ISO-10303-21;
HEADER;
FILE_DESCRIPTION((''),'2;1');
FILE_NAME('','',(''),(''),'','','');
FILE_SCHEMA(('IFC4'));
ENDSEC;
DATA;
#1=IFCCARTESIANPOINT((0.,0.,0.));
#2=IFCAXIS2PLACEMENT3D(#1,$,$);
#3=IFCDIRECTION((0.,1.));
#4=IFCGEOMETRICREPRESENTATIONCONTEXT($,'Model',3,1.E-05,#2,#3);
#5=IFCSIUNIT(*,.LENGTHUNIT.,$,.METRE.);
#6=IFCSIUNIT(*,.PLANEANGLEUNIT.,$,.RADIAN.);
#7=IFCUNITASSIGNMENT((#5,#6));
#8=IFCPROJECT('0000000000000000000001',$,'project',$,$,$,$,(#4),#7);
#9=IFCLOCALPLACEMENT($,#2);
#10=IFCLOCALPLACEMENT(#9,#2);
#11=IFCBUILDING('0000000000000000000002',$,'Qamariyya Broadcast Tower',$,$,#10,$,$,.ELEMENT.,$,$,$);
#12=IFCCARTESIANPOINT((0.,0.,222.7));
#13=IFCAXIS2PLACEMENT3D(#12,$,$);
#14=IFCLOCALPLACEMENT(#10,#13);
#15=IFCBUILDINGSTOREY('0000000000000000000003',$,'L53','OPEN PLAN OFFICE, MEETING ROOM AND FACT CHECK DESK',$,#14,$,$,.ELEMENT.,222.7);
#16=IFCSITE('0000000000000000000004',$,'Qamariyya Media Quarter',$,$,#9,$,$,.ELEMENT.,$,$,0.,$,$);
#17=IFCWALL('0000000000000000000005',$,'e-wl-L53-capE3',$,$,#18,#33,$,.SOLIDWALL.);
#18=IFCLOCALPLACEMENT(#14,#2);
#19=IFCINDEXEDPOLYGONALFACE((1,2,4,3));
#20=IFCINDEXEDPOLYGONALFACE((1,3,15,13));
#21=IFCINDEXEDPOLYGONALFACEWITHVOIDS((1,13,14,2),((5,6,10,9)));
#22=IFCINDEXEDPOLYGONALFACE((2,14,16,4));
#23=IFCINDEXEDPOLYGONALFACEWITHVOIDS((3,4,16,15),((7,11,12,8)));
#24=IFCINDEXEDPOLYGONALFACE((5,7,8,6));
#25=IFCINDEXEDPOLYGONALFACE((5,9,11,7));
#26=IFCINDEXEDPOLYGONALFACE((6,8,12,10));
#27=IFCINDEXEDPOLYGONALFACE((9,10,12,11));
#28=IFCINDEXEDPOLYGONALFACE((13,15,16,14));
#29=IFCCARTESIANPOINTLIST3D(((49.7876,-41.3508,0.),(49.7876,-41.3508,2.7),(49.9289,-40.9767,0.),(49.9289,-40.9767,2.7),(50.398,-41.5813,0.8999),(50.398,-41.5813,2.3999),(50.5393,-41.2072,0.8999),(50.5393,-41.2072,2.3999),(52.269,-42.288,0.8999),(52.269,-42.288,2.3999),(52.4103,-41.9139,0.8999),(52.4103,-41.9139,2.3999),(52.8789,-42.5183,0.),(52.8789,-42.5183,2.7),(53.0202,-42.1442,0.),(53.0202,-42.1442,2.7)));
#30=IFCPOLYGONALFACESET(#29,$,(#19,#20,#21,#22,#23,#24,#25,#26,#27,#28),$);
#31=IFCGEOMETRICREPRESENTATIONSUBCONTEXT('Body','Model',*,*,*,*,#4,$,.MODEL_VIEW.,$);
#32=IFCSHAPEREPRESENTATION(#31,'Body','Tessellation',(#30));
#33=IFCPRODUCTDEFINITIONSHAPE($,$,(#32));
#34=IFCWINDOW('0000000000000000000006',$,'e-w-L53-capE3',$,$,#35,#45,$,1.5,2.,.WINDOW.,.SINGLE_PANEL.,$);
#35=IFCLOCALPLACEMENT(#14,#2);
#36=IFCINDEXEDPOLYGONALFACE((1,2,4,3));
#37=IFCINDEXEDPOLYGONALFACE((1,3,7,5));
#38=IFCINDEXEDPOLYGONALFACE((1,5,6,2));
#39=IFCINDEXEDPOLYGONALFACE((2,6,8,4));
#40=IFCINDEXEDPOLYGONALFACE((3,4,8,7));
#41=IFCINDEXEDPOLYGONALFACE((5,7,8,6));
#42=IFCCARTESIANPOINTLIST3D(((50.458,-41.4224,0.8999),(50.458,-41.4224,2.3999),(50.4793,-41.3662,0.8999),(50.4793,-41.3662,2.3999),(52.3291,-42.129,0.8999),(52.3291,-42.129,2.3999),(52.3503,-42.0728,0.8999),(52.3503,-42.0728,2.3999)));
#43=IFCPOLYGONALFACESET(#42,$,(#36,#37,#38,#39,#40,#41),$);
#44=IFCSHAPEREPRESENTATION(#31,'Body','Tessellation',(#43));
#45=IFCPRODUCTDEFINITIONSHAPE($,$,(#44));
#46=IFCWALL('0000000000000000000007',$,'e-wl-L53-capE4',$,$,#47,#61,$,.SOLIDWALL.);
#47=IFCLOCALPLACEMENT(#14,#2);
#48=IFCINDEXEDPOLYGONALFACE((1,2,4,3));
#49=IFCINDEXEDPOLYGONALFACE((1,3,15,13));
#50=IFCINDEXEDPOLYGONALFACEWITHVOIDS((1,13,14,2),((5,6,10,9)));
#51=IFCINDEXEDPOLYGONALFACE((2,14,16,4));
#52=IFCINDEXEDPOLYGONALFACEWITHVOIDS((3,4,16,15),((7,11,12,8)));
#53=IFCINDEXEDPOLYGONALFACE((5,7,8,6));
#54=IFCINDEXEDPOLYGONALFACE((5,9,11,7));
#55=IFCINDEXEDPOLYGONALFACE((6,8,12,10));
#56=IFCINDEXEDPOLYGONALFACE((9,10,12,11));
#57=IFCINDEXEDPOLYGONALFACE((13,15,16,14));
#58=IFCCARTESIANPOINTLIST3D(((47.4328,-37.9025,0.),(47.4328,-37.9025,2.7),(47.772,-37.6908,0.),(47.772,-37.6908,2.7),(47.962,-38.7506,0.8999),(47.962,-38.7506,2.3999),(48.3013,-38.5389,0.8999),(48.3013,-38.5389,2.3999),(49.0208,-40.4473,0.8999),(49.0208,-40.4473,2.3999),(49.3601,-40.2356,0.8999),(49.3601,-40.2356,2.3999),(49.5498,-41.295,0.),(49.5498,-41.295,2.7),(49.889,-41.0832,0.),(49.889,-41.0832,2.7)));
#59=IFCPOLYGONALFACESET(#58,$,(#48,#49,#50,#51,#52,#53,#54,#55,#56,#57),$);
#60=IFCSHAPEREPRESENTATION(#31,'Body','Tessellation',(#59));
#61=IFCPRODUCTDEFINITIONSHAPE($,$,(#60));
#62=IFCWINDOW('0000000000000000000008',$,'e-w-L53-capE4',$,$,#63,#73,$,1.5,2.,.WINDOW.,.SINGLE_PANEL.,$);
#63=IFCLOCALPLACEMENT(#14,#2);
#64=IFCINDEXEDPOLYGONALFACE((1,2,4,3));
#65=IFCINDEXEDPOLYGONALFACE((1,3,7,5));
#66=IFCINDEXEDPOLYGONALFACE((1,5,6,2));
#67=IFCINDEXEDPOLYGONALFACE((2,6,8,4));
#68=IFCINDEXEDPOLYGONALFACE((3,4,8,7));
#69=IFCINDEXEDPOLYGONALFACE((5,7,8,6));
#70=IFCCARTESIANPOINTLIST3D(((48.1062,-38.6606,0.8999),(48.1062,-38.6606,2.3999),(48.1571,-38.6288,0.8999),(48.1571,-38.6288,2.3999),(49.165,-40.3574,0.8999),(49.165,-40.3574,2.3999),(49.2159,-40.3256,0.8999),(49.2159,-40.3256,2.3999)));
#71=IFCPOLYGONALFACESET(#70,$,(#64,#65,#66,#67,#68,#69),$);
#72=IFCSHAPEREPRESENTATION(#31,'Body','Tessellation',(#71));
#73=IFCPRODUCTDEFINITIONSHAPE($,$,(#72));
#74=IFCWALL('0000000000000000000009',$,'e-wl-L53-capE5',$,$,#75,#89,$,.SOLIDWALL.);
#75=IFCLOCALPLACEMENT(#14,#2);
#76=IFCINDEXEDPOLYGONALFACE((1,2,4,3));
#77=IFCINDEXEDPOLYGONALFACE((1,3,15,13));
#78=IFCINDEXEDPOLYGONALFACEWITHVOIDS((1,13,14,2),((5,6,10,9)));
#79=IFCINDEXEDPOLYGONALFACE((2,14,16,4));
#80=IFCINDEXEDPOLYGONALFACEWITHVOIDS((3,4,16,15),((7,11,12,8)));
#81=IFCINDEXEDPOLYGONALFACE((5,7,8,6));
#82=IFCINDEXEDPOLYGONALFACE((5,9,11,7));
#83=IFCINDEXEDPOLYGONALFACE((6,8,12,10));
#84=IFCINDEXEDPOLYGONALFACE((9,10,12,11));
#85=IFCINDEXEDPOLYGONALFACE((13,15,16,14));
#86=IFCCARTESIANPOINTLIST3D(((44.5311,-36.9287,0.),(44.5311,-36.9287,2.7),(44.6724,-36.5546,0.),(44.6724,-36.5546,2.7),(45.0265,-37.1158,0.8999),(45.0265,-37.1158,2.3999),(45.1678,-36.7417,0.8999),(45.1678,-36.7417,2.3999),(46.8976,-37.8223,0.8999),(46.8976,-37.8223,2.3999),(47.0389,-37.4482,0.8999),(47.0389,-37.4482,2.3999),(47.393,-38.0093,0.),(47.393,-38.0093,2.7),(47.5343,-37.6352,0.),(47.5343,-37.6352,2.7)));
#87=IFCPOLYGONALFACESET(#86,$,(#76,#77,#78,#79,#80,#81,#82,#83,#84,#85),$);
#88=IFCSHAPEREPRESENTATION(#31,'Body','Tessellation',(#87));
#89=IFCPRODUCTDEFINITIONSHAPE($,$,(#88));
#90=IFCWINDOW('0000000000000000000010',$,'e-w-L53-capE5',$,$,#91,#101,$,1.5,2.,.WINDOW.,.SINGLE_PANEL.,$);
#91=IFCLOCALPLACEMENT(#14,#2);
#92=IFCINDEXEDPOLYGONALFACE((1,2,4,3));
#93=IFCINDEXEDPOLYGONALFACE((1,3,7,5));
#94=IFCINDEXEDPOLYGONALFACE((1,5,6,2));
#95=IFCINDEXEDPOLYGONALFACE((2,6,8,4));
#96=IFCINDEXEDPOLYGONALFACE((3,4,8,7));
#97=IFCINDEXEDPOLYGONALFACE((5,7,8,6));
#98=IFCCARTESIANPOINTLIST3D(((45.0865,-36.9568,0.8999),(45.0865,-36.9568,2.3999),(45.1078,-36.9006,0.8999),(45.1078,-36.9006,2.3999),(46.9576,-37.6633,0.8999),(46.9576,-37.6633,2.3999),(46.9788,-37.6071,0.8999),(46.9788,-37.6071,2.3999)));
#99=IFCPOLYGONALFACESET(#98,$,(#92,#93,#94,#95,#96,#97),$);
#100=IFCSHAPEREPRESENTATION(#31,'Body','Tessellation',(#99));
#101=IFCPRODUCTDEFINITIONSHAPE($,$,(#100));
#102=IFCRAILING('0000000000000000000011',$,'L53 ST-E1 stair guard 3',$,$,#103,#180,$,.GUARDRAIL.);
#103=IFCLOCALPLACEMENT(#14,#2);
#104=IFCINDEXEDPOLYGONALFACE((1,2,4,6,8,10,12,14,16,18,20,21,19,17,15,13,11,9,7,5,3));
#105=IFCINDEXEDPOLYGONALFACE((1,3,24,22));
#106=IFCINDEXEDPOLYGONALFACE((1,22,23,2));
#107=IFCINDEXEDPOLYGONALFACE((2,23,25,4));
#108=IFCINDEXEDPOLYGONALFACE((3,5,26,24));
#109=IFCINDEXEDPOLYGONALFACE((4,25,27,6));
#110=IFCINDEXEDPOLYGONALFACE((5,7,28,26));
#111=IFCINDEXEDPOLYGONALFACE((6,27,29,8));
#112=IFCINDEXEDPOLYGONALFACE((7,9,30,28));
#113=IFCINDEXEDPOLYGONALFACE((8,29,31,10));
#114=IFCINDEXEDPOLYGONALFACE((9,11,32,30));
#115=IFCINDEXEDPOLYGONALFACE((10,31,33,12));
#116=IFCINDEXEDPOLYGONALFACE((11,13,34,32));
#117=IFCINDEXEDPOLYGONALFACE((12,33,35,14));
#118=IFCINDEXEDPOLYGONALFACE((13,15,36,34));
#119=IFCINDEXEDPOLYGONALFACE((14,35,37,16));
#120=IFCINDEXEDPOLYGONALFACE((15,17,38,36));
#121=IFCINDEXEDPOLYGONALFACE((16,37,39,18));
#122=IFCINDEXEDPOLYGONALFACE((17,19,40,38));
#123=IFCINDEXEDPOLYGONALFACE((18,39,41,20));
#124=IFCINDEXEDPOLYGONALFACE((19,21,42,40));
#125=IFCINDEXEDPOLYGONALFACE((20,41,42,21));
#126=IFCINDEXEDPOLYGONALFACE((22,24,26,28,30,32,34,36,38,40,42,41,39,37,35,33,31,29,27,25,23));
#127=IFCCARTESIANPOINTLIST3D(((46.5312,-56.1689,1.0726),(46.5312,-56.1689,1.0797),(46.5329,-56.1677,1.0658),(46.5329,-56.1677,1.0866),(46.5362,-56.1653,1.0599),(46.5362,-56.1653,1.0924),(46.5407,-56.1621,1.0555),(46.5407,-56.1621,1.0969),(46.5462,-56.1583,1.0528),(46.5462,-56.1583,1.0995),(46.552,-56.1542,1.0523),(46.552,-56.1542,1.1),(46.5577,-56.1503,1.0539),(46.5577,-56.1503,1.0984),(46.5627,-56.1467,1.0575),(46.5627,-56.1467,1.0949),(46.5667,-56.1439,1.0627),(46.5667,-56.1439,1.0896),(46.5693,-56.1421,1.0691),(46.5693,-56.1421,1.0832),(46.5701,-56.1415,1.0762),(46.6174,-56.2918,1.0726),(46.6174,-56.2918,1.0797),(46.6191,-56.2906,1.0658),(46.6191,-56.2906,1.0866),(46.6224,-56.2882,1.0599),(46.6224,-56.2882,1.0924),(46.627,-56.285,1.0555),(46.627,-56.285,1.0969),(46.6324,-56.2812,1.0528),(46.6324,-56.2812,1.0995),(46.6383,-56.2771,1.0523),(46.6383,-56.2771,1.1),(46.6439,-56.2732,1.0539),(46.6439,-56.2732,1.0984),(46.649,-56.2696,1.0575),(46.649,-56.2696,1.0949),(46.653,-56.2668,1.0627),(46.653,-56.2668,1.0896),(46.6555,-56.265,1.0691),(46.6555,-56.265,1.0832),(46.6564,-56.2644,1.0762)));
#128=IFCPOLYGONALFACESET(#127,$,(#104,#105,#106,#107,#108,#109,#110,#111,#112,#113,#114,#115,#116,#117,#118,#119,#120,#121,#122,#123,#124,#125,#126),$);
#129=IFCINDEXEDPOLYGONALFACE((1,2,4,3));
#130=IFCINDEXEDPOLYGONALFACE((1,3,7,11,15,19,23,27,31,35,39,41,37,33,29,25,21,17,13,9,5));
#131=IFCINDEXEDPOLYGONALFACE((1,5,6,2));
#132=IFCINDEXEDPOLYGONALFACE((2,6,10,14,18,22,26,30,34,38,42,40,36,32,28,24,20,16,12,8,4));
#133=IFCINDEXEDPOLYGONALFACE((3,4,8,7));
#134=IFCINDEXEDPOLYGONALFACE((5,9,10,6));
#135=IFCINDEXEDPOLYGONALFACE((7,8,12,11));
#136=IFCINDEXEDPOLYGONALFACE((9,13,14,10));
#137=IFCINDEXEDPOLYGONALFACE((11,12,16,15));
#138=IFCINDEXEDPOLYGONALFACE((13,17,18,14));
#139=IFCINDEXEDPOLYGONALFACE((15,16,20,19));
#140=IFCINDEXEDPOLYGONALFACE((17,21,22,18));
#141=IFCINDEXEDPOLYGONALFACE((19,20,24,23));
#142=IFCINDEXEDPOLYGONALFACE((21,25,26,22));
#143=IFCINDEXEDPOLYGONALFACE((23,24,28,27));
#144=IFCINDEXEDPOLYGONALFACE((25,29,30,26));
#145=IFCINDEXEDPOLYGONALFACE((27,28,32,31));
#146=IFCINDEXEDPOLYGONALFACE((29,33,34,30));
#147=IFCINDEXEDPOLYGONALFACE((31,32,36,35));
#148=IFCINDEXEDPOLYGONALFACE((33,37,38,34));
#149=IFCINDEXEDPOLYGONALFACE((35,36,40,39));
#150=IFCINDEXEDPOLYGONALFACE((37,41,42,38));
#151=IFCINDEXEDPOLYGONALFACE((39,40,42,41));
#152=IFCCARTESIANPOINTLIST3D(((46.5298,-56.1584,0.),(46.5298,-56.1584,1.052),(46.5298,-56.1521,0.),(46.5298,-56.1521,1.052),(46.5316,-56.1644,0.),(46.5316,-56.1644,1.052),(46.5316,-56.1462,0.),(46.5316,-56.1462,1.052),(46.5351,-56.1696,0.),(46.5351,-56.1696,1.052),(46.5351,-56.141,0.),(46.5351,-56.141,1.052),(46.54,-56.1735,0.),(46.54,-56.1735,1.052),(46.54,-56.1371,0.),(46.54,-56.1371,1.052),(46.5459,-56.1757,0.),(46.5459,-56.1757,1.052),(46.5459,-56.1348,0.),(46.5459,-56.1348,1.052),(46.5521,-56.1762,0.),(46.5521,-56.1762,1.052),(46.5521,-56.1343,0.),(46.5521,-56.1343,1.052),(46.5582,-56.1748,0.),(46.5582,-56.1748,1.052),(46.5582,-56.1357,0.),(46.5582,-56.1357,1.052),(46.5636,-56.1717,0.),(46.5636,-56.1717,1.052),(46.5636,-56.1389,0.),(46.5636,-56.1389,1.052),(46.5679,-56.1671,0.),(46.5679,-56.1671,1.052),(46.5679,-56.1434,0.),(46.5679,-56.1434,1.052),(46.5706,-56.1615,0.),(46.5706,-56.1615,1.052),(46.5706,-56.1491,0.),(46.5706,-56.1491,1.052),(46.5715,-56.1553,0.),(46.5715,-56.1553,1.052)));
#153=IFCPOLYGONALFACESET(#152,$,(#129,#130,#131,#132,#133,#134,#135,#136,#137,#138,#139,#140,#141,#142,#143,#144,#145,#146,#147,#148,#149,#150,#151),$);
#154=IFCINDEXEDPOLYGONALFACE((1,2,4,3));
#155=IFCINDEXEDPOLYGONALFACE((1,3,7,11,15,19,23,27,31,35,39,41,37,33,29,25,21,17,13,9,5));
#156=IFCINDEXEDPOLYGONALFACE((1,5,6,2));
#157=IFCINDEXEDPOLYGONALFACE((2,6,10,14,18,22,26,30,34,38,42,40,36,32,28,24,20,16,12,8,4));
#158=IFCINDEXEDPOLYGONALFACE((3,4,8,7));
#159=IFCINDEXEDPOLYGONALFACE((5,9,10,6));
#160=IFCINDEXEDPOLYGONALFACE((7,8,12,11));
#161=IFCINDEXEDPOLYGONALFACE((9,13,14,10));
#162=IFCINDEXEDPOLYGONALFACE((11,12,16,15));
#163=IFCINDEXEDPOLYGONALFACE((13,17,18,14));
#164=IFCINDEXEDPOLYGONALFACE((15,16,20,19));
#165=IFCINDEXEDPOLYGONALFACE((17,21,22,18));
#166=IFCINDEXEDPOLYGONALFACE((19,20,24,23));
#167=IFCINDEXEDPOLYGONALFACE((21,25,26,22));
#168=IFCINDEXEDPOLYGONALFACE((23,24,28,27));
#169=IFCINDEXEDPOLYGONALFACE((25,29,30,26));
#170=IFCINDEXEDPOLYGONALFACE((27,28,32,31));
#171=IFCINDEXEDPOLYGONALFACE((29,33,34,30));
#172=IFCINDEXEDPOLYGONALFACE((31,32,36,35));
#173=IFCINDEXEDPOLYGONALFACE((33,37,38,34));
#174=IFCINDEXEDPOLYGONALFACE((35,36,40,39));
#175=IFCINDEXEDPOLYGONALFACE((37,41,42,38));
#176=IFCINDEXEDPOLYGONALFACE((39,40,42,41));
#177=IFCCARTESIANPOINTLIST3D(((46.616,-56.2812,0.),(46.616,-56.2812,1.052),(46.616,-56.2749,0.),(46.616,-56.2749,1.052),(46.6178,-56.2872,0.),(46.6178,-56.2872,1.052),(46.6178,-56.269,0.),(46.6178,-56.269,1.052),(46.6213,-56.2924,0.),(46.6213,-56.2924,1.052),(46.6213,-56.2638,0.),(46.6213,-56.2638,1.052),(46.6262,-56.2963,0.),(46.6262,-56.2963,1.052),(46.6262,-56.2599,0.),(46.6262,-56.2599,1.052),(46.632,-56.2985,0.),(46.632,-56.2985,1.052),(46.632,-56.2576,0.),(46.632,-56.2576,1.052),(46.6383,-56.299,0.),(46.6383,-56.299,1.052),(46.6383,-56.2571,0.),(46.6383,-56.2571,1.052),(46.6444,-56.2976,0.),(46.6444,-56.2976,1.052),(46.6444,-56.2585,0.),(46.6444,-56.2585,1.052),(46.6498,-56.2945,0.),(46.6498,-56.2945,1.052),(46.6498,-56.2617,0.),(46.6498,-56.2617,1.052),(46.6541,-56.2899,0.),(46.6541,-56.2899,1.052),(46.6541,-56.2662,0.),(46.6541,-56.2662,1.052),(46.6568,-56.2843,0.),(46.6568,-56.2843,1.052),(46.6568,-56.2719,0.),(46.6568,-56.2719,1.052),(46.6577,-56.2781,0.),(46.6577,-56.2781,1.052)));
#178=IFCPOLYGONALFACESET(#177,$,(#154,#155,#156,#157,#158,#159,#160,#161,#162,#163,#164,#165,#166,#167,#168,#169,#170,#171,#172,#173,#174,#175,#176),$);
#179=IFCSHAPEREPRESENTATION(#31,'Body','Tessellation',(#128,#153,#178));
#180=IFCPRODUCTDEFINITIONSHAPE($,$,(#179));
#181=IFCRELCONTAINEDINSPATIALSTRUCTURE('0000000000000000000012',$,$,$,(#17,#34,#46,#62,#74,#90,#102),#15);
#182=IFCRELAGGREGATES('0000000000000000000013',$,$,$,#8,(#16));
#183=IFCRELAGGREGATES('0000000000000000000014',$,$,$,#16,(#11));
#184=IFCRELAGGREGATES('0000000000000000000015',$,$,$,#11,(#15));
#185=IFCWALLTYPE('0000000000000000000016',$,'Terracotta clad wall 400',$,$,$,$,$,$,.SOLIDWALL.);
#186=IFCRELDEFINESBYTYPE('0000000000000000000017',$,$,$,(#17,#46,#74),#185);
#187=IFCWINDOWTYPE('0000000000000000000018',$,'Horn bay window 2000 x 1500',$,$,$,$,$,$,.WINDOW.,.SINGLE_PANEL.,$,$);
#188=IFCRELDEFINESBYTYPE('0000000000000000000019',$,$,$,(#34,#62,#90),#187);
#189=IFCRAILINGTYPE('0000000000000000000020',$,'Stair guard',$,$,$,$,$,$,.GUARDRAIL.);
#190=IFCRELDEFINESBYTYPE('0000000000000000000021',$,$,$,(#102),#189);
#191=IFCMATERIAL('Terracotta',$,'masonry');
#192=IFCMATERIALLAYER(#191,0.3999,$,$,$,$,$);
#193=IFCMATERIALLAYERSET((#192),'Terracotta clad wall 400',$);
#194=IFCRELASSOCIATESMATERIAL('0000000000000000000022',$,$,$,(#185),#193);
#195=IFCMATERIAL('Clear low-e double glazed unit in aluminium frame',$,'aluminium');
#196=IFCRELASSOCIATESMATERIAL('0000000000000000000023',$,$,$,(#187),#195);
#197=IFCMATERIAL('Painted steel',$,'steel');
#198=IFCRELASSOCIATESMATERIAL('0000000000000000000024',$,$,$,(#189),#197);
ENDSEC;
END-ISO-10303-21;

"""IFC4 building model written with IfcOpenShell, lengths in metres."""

from ifc_helpers import new_model, si_unit, direction, frame, frame_2d, origin, origin_2d, place, context, subcontext, project, spatial, rectangle, circle, extrude, material, layer, layer_set, type_object, element, fill, save


model = new_model("IFC4")

# Units and contexts
model_context = context("Model", 3, precision=1e-05, world=origin(), true_north=direction((0.0, 1.0)))
body_context = subcontext(model_context, "Body", "Model", "MODEL_VIEW")
ifc_project = project(units=[si_unit("LENGTHUNIT", "METRE"), si_unit("PLANEANGLEUNIT", "RADIAN")], contexts=[model_context])

# Site, building, storey
site_placement = place(None, origin())
site = spatial("IfcSite", under=ifc_project, at=site_placement, Name="Qamariyya Media Quarter", CompositionType="ELEMENT", RefElevation=0.0)
building_placement = place(site_placement, origin())
building = spatial("IfcBuilding", under=site, at=building_placement, Name="Qamariyya Broadcast Tower", CompositionType="ELEMENT")
storey_placement = place(building_placement, frame((0.0, 0.0, 222.7)))
storey = spatial("IfcBuildingStorey", under=building, at=storey_placement, Name="L53", Description="OPEN PLAN OFFICE, MEETING ROOM AND FACT CHECK DESK", CompositionType="ELEMENT", Elevation=222.7)

# Walls, openings, windows
ifc_material_1 = material(Name="Terracotta", Category="masonry")
ifc_layer = layer(ifc_material_1, 0.3999)
ifc_layer_set = layer_set([ifc_layer], Name="Terracotta clad wall 400")
wall_type = type_object("IfcWallType", Name="Terracotta clad wall 400", PredefinedType="SOLIDWALL", material=ifc_layer_set)
ifc_material_2 = material(Name="Clear low-e double glazed unit in aluminium frame", Category="aluminium")
window_type = type_object("IfcWindowType", Name="Horn bay window 2000 x 1500", PartitioningType="SINGLE_PANEL", PredefinedType="WINDOW", material=ifc_material_2)
wall_1_placement = place(storey_placement, frame((52.9497, -42.3313, 0.0), z_axis=(0.0, 0.0, 1.0), x_axis=(-0.935507, 0.353309, 0.0)))
wall_1 = element("IfcWall", 1, at=wall_1_placement, inside=storey, type_object=wall_type, Name="e-wl-L53-capE3", PredefinedType="SOLIDWALL", context=body_context, shape_type="SweptSolid", body=[
    extrude(rectangle(XDim=3.3044, YDim=0.3999, at=frame_2d((1.6523, 0.0))), origin(), (0.0, 0.0, 1.0), 2.7),
])
opening_1_placement = place(wall_1_placement, frame((0.6521, 0.0, 0.8999)))
opening_1 = element("IfcOpeningElement", 2, at=opening_1_placement, cuts=wall_1, PredefinedType="OPENING", context=body_context, shape_type="SweptSolid", body=[
    extrude(rectangle(XDim=2.0, YDim=1.5, at=frame_2d((1.0, 0.75))), frame((0.0, 0.21, 0.0), z_axis=(0.0, -1.0, 0.0), x_axis=(1.0, 0.0, 0.0)), (0.0, 0.0, 1.0), 0.4199),
])
window_1_placement = place(opening_1_placement, origin())
window_1 = element("IfcWindow", 3, at=window_1_placement, inside=storey, type_object=window_type, Name="e-w-L53-capE3", OverallHeight=1.5, OverallWidth=2.0, PartitioningType="SINGLE_PANEL", PredefinedType="WINDOW", context=body_context, shape_type="SweptSolid", body=[
    extrude(rectangle(XDim=2.0, YDim=1.5, at=frame_2d((1.0, 0.75))), frame((0.0, 0.03, 0.0), z_axis=(0.0, -1.0, 0.0), x_axis=(1.0, 0.0, 0.0)), (0.0, 0.0, 1.0), 0.0601),
])
fill(opening_1, window_1)
wall_2_placement = place(storey_placement, frame((49.7195, -41.1892, 0.0), z_axis=(0.0, 0.0, 1.0), x_axis=(-0.529412, 0.848365, 0.0)))
wall_2 = element("IfcWall", 4, at=wall_2_placement, inside=storey, type_object=wall_type, Name="e-wl-L53-capE4", PredefinedType="SOLIDWALL", context=body_context, shape_type="SweptSolid", body=[
    extrude(rectangle(XDim=3.9988, YDim=0.3999, at=frame_2d((1.9995, 0.0))), origin(), (0.0, 0.0, 1.0), 2.7),
])
opening_2_placement = place(wall_2_placement, frame((0.9993, 0.0, 0.8999)))
opening_2 = element("IfcOpeningElement", 5, at=opening_2_placement, cuts=wall_2, PredefinedType="OPENING", context=body_context, shape_type="SweptSolid", body=[
    extrude(rectangle(XDim=2.0, YDim=1.5, at=frame_2d((1.0, 0.75))), frame((0.0, 0.21, 0.0), z_axis=(0.0, -1.0, 0.0), x_axis=(1.0, 0.0, 0.0)), (0.0, 0.0, 1.0), 0.4199),
])
window_2_placement = place(opening_2_placement, origin())
window_2 = element("IfcWindow", 6, at=window_2_placement, inside=storey, type_object=window_type, Name="e-w-L53-capE4", OverallHeight=1.5, OverallWidth=2.0, PartitioningType="SINGLE_PANEL", PredefinedType="WINDOW", context=body_context, shape_type="SweptSolid", body=[
    extrude(rectangle(XDim=2.0, YDim=1.5, at=frame_2d((1.0, 0.75))), frame((0.0, 0.03, 0.0), z_axis=(0.0, -1.0, 0.0), x_axis=(1.0, 0.0, 0.0)), (0.0, 0.0, 1.0), 0.0601),
])
fill(opening_2, window_2)
wall_3_placement = place(storey_placement, frame((47.4636, -37.8223, 0.0), z_axis=(0.0, 0.0, 1.0), x_axis=(-0.935533, 0.353239, 0.0)))
wall_3 = element("IfcWall", 7, at=wall_3_placement, inside=storey, type_object=wall_type, Name="e-wl-L53-capE5", PredefinedType="SOLIDWALL", context=body_context, shape_type="SweptSolid", body=[
    extrude(rectangle(XDim=3.0591, YDim=0.3999, at=frame_2d((1.5295, 0.0))), origin(), (0.0, 0.0, 1.0), 2.7),
])
opening_3_placement = place(wall_3_placement, frame((0.5295, 0.0, 0.8999)))
opening_3 = element("IfcOpeningElement", 8, at=opening_3_placement, cuts=wall_3, PredefinedType="OPENING", context=body_context, shape_type="SweptSolid", body=[
    extrude(rectangle(XDim=2.0, YDim=1.5, at=frame_2d((1.0, 0.75))), frame((0.0, 0.21, 0.0), z_axis=(0.0, -1.0, 0.0), x_axis=(1.0, 0.0, 0.0)), (0.0, 0.0, 1.0), 0.4199),
])
window_3_placement = place(opening_3_placement, origin())
window_3 = element("IfcWindow", 9, at=window_3_placement, inside=storey, type_object=window_type, Name="e-w-L53-capE5", OverallHeight=1.5, OverallWidth=2.0, PartitioningType="SINGLE_PANEL", PredefinedType="WINDOW", context=body_context, shape_type="SweptSolid", body=[
    extrude(rectangle(XDim=2.0, YDim=1.5, at=frame_2d((1.0, 0.75))), frame((0.0, 0.03, 0.0), z_axis=(0.0, -1.0, 0.0), x_axis=(1.0, 0.0, 0.0)), (0.0, 0.0, 1.0), 0.0601),
])
fill(opening_3, window_3)

# Railing
ifc_material_3 = material(Name="Painted steel", Category="steel")
railing_type_1 = type_object("IfcRailingType", Name="Stair guard", PredefinedType="GUARDRAIL", material=ifc_material_3)
railing_1_placement = place(storey_placement, frame((46.5505, -56.1553, 0.0)))
element("IfcRailing", 10, at=railing_1_placement, inside=storey, type_object=railing_type_1, Name="L53 ST-E1 stair guard 3", PredefinedType="GUARDRAIL", context=body_context, shape_type="SweptSolid", body=[
    extrude(circle(Radius=0.0239, at=origin_2d()), frame((0.0, 0.0, 1.0762), z_axis=(0.574445, -0.818543, 0.0), x_axis=(0.818543, 0.574445, 0.0)), (0.0, 0.0, 1.0), 0.1501),
    extrude(circle(Radius=0.021, at=origin_2d()), origin(), (0.0, 0.0, 1.0), 1.052),
    extrude(circle(Radius=0.021, at=origin_2d()), frame((0.0862, -0.1228, 0.0)), (0.0, 0.0, 1.0), 1.052),
])

save(model, "model.ifc")
